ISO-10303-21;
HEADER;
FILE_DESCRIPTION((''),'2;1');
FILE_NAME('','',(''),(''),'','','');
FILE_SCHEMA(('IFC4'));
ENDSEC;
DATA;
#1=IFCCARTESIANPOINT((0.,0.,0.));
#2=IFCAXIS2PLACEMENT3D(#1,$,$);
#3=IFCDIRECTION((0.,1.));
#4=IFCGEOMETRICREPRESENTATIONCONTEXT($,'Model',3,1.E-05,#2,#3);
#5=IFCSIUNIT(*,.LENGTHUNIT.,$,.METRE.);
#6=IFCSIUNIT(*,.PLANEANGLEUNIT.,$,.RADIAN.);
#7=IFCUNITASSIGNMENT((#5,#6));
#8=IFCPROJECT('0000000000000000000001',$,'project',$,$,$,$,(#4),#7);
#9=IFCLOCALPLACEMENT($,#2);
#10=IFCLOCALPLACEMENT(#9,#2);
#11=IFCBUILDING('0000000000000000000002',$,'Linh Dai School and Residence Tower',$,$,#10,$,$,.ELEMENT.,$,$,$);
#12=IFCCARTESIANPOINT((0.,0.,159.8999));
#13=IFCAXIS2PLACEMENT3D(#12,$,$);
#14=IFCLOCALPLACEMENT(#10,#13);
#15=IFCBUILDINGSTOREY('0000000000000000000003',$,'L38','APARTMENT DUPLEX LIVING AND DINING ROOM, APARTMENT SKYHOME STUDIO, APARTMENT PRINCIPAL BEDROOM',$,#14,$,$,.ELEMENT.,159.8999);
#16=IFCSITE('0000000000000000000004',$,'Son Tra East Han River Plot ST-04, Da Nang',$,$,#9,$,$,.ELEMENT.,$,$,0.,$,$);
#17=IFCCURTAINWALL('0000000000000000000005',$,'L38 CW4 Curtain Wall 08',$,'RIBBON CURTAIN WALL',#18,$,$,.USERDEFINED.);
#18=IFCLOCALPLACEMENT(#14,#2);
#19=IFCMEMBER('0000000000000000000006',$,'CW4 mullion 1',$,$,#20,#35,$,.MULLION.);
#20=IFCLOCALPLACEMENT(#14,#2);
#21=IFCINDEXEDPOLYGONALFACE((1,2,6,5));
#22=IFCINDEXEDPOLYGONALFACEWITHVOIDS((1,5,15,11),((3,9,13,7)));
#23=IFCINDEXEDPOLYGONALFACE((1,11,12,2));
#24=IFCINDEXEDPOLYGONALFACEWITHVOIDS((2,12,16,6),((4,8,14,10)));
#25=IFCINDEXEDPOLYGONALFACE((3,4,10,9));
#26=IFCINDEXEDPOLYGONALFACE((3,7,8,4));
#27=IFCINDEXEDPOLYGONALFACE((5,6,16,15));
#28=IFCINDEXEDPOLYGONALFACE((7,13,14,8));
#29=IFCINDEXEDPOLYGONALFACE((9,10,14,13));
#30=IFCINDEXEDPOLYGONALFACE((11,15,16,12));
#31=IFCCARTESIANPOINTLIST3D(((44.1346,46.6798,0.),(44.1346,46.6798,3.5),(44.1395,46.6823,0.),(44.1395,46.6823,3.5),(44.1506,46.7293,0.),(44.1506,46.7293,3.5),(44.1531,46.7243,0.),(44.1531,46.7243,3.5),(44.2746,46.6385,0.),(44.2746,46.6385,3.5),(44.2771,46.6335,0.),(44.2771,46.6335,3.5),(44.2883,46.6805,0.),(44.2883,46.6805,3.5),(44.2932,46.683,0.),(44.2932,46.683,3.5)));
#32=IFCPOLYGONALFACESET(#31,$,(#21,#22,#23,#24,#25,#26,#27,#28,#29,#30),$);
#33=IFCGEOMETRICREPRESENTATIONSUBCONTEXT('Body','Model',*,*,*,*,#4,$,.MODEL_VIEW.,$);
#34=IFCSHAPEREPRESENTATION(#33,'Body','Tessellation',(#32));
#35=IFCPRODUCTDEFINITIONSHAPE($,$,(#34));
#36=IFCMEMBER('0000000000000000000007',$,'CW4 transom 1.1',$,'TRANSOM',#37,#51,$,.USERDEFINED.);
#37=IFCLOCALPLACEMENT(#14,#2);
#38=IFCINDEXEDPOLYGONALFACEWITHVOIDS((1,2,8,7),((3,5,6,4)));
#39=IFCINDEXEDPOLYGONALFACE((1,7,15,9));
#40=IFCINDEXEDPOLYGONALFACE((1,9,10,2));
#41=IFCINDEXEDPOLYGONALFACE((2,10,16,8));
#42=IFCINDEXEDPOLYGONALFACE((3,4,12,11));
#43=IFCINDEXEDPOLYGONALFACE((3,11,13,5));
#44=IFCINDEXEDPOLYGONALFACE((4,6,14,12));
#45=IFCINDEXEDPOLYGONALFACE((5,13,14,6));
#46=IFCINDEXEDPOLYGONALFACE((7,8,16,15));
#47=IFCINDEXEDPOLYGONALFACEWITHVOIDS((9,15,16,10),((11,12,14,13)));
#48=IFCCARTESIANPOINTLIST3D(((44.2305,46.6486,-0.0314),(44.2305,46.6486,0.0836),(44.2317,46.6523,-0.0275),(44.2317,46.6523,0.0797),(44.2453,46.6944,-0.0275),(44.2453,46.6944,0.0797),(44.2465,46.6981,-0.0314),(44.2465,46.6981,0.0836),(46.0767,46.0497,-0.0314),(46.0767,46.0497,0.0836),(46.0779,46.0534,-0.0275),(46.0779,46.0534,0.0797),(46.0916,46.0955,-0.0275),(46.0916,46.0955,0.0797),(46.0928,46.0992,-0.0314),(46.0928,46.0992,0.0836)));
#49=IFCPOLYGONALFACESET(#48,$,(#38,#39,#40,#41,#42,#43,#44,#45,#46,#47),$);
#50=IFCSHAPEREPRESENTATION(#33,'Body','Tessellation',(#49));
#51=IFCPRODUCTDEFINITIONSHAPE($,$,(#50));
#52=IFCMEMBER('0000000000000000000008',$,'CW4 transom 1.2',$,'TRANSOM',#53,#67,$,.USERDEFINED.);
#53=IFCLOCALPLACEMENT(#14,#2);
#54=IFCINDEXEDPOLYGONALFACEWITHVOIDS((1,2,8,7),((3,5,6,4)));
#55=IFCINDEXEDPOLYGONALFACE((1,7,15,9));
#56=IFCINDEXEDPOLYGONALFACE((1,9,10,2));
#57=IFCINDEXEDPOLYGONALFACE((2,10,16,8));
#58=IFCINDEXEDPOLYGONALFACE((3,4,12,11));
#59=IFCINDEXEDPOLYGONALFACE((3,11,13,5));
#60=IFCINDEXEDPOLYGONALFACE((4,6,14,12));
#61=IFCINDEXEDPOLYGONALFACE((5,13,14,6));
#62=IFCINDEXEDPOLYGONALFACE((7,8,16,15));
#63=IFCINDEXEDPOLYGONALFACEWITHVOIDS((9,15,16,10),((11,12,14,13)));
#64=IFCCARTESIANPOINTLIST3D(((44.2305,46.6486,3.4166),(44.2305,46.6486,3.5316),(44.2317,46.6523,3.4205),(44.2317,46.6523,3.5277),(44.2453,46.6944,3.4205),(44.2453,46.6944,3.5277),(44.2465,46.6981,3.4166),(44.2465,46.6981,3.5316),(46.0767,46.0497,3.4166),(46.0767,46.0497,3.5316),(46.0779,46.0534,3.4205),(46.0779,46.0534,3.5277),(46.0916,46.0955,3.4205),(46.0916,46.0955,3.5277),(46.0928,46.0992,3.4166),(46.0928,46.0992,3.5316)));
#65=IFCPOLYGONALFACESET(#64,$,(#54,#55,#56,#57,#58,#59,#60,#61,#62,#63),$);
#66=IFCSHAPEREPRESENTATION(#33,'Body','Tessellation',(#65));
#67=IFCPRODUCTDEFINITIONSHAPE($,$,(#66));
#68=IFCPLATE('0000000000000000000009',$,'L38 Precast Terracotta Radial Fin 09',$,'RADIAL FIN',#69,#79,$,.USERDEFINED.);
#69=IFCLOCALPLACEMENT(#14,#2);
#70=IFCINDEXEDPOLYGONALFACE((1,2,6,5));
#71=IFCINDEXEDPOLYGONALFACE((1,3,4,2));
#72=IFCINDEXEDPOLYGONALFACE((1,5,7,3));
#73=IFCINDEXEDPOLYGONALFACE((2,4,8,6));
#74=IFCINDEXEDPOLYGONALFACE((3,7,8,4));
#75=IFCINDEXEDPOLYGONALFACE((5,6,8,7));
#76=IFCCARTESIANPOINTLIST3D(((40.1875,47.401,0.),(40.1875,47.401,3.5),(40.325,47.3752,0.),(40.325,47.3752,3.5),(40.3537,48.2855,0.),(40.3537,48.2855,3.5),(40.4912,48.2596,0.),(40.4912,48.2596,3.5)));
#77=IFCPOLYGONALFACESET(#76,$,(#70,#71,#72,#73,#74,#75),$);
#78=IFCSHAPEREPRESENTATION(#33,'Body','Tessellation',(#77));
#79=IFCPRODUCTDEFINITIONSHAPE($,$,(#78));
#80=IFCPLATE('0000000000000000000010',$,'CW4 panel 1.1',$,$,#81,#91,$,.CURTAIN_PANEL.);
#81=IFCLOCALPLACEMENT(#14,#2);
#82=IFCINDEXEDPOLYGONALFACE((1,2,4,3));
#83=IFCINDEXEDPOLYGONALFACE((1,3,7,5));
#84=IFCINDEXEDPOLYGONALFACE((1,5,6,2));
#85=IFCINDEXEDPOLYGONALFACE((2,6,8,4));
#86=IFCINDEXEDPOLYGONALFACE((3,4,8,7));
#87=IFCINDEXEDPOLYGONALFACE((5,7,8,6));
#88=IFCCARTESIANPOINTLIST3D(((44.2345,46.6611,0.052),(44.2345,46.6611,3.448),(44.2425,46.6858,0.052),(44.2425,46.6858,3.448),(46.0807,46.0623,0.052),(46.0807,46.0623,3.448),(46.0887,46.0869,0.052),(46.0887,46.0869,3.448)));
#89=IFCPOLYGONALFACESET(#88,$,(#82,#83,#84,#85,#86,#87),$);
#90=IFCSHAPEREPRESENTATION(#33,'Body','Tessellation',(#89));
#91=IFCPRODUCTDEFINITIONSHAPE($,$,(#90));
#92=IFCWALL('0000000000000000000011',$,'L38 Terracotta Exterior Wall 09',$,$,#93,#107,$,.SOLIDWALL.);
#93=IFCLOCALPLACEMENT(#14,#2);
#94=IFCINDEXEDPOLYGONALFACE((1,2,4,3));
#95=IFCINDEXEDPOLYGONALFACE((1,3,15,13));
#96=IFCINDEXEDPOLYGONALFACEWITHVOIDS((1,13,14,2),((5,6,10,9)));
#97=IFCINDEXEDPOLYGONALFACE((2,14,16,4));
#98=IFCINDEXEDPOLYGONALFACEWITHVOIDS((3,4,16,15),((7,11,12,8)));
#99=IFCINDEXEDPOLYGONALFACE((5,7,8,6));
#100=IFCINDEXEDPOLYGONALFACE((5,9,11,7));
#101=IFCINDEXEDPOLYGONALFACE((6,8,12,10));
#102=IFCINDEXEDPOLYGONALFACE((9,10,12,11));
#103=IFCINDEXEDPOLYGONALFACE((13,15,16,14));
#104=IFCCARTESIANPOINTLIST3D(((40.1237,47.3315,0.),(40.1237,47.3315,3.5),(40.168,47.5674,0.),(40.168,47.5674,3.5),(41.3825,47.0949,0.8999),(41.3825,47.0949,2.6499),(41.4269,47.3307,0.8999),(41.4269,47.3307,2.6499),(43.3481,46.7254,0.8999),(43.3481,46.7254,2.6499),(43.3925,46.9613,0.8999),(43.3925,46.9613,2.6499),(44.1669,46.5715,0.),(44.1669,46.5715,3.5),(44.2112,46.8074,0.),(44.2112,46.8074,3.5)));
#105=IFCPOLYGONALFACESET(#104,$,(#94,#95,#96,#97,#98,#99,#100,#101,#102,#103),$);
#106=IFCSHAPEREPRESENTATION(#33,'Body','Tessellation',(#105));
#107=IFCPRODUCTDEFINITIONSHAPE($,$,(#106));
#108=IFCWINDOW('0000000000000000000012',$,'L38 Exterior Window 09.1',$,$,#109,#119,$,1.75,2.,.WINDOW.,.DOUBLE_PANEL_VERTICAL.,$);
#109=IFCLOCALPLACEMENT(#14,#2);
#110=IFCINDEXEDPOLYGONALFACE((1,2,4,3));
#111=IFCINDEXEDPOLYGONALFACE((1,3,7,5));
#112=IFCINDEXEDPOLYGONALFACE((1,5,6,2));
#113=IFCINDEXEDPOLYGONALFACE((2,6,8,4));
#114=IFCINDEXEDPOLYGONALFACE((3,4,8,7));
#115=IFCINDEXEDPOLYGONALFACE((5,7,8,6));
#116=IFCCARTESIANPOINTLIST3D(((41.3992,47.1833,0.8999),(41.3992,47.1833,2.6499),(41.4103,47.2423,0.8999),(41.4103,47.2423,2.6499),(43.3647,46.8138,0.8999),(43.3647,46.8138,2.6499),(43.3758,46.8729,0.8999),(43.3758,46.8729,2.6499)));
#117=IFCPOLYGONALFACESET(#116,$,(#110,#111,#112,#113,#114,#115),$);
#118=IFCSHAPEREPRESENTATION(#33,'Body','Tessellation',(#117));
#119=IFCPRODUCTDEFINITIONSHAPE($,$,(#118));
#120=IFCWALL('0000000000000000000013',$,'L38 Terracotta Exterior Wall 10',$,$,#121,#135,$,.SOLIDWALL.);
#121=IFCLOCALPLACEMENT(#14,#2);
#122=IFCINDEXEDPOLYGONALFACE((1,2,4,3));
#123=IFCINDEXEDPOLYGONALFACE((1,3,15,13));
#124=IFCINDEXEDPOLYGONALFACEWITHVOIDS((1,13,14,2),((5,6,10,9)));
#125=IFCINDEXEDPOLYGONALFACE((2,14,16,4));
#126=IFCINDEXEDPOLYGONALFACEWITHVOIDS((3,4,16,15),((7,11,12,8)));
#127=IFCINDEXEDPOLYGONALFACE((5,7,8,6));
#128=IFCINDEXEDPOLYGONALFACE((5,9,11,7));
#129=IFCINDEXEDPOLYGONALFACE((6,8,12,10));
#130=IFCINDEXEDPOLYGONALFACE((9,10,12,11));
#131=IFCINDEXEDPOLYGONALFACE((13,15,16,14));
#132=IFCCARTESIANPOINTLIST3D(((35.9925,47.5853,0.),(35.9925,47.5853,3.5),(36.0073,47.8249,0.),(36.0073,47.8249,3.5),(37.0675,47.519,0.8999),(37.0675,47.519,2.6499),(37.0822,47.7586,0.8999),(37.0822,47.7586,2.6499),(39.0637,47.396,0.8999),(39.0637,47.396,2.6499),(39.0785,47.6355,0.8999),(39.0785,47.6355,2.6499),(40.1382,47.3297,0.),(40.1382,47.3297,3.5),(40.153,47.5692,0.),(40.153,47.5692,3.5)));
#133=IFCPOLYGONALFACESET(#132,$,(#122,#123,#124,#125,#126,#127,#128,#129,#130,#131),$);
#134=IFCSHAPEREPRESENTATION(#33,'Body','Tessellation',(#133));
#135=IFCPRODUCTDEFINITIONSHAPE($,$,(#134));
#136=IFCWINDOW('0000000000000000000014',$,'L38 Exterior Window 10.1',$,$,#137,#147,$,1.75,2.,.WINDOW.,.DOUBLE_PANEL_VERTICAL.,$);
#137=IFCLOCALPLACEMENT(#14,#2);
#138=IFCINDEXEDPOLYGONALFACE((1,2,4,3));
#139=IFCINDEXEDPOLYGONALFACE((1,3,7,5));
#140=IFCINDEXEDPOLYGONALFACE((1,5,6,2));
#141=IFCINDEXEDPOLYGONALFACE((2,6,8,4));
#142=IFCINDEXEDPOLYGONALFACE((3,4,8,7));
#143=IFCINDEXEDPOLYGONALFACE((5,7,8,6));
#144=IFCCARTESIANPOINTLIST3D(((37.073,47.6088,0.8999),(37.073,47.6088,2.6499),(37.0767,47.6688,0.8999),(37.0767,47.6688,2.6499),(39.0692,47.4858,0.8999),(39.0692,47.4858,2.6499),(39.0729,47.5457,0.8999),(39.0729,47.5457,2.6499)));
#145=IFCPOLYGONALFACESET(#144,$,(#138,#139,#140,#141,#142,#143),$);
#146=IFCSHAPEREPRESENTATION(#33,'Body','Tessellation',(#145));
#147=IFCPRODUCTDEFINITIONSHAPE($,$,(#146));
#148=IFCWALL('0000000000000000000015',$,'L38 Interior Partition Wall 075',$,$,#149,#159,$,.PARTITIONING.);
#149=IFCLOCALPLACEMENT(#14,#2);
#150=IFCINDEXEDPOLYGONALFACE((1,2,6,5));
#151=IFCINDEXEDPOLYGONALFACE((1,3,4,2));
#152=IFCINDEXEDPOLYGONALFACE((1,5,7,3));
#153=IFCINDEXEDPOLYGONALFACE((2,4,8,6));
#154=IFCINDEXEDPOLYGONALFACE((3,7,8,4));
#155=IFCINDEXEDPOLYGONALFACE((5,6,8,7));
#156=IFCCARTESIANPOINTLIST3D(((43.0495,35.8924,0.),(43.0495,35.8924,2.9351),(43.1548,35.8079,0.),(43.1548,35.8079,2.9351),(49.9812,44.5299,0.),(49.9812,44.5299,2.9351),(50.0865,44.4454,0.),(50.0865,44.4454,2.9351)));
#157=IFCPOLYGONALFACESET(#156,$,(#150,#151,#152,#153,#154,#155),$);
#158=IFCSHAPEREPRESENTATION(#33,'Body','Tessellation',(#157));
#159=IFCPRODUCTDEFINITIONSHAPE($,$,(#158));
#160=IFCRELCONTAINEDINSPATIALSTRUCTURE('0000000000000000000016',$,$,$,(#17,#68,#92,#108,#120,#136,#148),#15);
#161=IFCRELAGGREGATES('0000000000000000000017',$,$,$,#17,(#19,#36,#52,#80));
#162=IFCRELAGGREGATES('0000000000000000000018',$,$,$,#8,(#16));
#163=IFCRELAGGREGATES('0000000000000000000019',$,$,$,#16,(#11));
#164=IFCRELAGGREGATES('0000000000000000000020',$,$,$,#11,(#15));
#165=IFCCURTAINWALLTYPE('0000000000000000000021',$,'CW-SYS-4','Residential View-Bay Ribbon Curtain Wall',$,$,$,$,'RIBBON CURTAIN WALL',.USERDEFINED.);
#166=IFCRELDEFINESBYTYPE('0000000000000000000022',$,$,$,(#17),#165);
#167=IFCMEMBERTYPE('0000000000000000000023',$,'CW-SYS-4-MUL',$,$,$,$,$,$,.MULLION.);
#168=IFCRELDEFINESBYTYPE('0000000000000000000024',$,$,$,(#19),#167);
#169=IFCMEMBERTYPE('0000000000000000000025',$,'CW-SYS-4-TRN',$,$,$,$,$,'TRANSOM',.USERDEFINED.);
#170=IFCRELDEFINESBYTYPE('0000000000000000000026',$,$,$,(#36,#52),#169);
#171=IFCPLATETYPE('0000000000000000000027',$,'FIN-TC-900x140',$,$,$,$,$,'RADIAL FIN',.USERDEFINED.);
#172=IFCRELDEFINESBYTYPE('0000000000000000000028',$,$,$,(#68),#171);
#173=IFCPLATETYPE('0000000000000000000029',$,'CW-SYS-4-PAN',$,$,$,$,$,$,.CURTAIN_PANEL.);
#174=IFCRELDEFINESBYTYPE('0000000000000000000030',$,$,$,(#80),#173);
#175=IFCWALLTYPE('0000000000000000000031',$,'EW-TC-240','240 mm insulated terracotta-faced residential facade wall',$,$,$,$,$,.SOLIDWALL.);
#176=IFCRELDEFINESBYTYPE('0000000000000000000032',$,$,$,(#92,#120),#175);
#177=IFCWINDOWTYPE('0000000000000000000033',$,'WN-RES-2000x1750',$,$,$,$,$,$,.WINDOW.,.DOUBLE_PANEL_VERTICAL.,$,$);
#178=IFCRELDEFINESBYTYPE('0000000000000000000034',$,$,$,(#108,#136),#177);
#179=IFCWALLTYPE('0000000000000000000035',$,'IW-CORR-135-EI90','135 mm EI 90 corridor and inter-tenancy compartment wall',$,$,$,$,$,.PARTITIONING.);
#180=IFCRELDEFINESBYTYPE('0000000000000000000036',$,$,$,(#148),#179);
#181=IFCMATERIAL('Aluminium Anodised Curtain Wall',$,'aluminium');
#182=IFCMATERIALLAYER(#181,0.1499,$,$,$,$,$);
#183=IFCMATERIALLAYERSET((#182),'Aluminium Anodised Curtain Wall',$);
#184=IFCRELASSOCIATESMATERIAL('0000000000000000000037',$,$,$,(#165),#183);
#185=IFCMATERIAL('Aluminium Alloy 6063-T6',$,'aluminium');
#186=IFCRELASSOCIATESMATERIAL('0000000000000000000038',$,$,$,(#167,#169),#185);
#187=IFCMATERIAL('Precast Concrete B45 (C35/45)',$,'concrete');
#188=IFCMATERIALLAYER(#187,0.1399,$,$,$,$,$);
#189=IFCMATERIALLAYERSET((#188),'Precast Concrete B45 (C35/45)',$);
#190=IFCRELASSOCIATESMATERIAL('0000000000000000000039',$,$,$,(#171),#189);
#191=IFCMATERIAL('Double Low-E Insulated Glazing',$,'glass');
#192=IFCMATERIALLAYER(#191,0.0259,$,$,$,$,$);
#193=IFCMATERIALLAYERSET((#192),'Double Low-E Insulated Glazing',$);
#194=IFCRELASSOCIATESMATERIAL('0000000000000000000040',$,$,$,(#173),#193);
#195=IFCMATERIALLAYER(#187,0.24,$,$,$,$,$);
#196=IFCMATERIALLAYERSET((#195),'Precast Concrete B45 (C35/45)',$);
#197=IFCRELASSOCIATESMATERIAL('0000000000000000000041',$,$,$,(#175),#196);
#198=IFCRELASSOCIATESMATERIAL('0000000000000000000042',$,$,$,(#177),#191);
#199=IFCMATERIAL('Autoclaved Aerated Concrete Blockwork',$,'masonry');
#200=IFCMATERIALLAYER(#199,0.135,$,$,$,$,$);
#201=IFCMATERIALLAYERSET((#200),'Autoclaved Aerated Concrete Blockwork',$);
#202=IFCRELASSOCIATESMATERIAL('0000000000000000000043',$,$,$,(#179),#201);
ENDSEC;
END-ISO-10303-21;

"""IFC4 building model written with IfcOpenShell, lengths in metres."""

from ifc_helpers import new_model, si_unit, direction, frame, frame_2d, origin, origin_2d, place, context, subcontext, project, spatial, rectangle, hollow_rectangle, extrude, source, transform, mapped, material, layer, layer_set, material_profile, profile_set, type_object, element, fill, aggregate, save


model = new_model("IFC4")

# Units and contexts
model_context = context("Model", 3, precision=1e-05, world=origin(), true_north=direction((0.0, 1.0)))
body_context = subcontext(model_context, "Body", "Model", "MODEL_VIEW")
ifc_project = project(units=[si_unit("LENGTHUNIT", "METRE"), si_unit("PLANEANGLEUNIT", "RADIAN")], contexts=[model_context])

# Site, building, storey
site_placement = place(None, origin())
site = spatial("IfcSite", under=ifc_project, at=site_placement, Name="Son Tra East Han River Plot ST-04, Da Nang", CompositionType="ELEMENT", RefElevation=0.0)
building_placement = place(site_placement, origin())
building = spatial("IfcBuilding", under=site, at=building_placement, Name="Linh Dai School and Residence Tower", CompositionType="ELEMENT")
storey_placement = place(building_placement, frame((0.0, 0.0, 159.8999)))
storey = spatial("IfcBuildingStorey", under=building, at=storey_placement, Name="L38", Description="APARTMENT DUPLEX LIVING AND DINING ROOM, APARTMENT SKYHOME STUDIO, APARTMENT PRINCIPAL BEDROOM", CompositionType="ELEMENT", Elevation=159.8999)

# Curtain wall, members
ifc_material_1 = material(Name="Aluminium Anodised Curtain Wall", Category="aluminium")
ifc_layer_1 = layer(ifc_material_1, 0.1499)
ifc_layer_set_1 = layer_set([ifc_layer_1], Name="Aluminium Anodised Curtain Wall")
curtain_wall_type = type_object("IfcCurtainWallType", Name="CW-SYS-4", Description="Residential View-Bay Ribbon Curtain Wall", ElementType="RIBBON CURTAIN WALL", PredefinedType="USERDEFINED", material=ifc_layer_set_1)
curtain_wall_placement = place(storey_placement, origin())
curtain_wall = element("IfcCurtainWall", 1, at=curtain_wall_placement, inside=storey, type_object=curtain_wall_type, Name="L38 CW4 Curtain Wall 08", ObjectType="RIBBON CURTAIN WALL", PredefinedType="USERDEFINED")
ifc_material_2 = material(Name="Aluminium Alloy 6063-T6", Category="aluminium")
ifc_material_profile_1 = material_profile(ifc_material_2, hollow_rectangle(XDim=0.052, YDim=0.1499, WallThickness=0.0039, at=origin_2d()), Name="RHS 150x52x4")
ifc_profile_set_1 = profile_set([ifc_material_profile_1], Name="Aluminium Alloy 6063-T6")
member_type_1 = type_object("IfcMemberType", Name="CW-SYS-4-MUL", PredefinedType="MULLION", material=ifc_profile_set_1)
shared_shape_1 = source(origin(), body_context, "Body", "SweptSolid", [
    extrude(hollow_rectangle(XDim=0.052, YDim=0.1499, WallThickness=0.0039, at=origin_2d()), origin(), (0.0, 0.0, 1.0), 3.5),
])
member_1_placement = place(storey_placement, frame((44.2139, 46.6814, 0.0), z_axis=(0.0, 0.0, 1.0), x_axis=(0.308536, 0.951213, 0.0)))
member_1 = element("IfcMember", 2, at=member_1_placement, type_object=member_type_1, Name="CW4 mullion 1", PredefinedType="MULLION", context=body_context, shape_type="MappedRepresentation", body=[
    mapped(shared_shape_1, transform((0.0, 0.0, 0.0), x_axis=(1.0, 0.0, 0.0), y_axis=(0.0, 1.0, 0.0), z_axis=(0.0, 0.0, 1.0), scale=1.0)),
])
ifc_material_profile_2 = material_profile(ifc_material_2, hollow_rectangle(XDim=0.052, YDim=0.115, WallThickness=0.0039, at=origin_2d()), Name="RHS 115x52x4")
ifc_profile_set_2 = profile_set([ifc_material_profile_2], Name="Aluminium Alloy 6063-T6")
member_type_2 = type_object("IfcMemberType", Name="CW-SYS-4-TRN", ElementType="TRANSOM", PredefinedType="USERDEFINED", material=ifc_profile_set_2)
shared_shape_2 = source(origin(), body_context, "Body", "SweptSolid", [
    extrude(hollow_rectangle(XDim=0.052, YDim=0.115, WallThickness=0.0039, at=origin_2d()), origin(), (0.0, 0.0, 1.0), 1.9409),
])
member_2_placement = place(storey_placement, frame((44.2385, 46.6733, 0.0261), z_axis=(0.951206, -0.308557, 0.0), x_axis=(0.308557, 0.951206, 0.0)))
member_2 = element("IfcMember", 3, at=member_2_placement, type_object=member_type_2, Name="CW4 transom 1.1", ObjectType="TRANSOM", PredefinedType="USERDEFINED", context=body_context, shape_type="MappedRepresentation", body=[
    mapped(shared_shape_2, transform((0.0, 0.0, 0.0), x_axis=(1.0, 0.0, 0.0), y_axis=(0.0, 1.0, 0.0), z_axis=(0.0, 0.0, 1.0), scale=1.0)),
])
member_3_placement = place(storey_placement, frame((44.2385, 46.6733, 3.4741), z_axis=(0.951206, -0.308557, 0.0), x_axis=(0.308557, 0.951206, 0.0)))
member_3 = element("IfcMember", 4, at=member_3_placement, type_object=member_type_2, Name="CW4 transom 1.2", ObjectType="TRANSOM", PredefinedType="USERDEFINED", context=body_context, shape_type="MappedRepresentation", body=[
    mapped(shared_shape_2, transform((0.0, 0.0, 0.0), x_axis=(1.0, 0.0, 0.0), y_axis=(0.0, 1.0, 0.0), z_axis=(0.0, 0.0, 1.0), scale=1.0)),
])

# Plates
ifc_material_3 = material(Name="Precast Concrete B45 (C35/45)", Category="concrete")
ifc_layer_2 = layer(ifc_material_3, 0.1399)
ifc_layer_set_2 = layer_set([ifc_layer_2], Name="Precast Concrete B45 (C35/45)")
plate_type_1 = type_object("IfcPlateType", Name="FIN-TC-900x140", ElementType="RADIAL FIN", PredefinedType="USERDEFINED", material=ifc_layer_set_2)
shared_shape_3 = source(origin(), body_context, "Body", "SweptSolid", [
    extrude(rectangle(XDim=0.8999, YDim=0.1399, at=origin_2d()), origin(), (0.0, 0.0, 1.0), 3.5),
])
plate_1_placement = place(storey_placement, frame((40.3394, 47.8303, 0.0), z_axis=(0.0, 0.0, 1.0), x_axis=(0.184763, 0.982783, 0.0)))
element("IfcPlate", 5, at=plate_1_placement, inside=storey, type_object=plate_type_1, Name="L38 Precast Terracotta Radial Fin 09", ObjectType="RADIAL FIN", PredefinedType="USERDEFINED", context=body_context, shape_type="MappedRepresentation", body=[
    mapped(shared_shape_3, transform((0.0, 0.0, 0.0), x_axis=(1.0, 0.0, 0.0), y_axis=(0.0, 1.0, 0.0), z_axis=(0.0, 0.0, 1.0), scale=1.0)),
])
ifc_material_4 = material(Name="Double Low-E Insulated Glazing", Category="glass")
ifc_layer_3 = layer(ifc_material_4, 0.0259)
ifc_layer_set_3 = layer_set([ifc_layer_3], Name="Double Low-E Insulated Glazing")
plate_type_2 = type_object("IfcPlateType", Name="CW-SYS-4-PAN", PredefinedType="CURTAIN_PANEL", material=ifc_layer_set_3)
shared_shape_4 = source(origin(), body_context, "Body", "SweptSolid", [
    extrude(rectangle(XDim=1.9409, YDim=0.0259, at=origin_2d()), origin(), (0.0, 0.0, 1.0), 3.396),
])
plate_2_placement = place(storey_placement, frame((45.1616, 46.374, 0.052), z_axis=(0.0, 0.0, 1.0), x_axis=(0.951213, -0.308536, 0.0)))
plate_2 = element("IfcPlate", 6, at=plate_2_placement, type_object=plate_type_2, Name="CW4 panel 1.1", PredefinedType="CURTAIN_PANEL", context=body_context, shape_type="MappedRepresentation", body=[
    mapped(shared_shape_4, transform((0.0, 0.0, 0.0), x_axis=(1.0, 0.0, 0.0), y_axis=(0.0, 1.0, 0.0), z_axis=(0.0, 0.0, 1.0), scale=1.0)),
])
aggregate(curtain_wall, [member_1, member_2, member_3, plate_2])

# Walls, openings, windows
ifc_layer_4 = layer(ifc_material_3, 0.24)
ifc_layer_set_4 = layer_set([ifc_layer_4], Name="Precast Concrete B45 (C35/45)")
wall_type_1 = type_object("IfcWallType", Name="EW-TC-240", Description="240 mm insulated terracotta-faced residential facade wall", PredefinedType="SOLIDWALL", material=ifc_layer_set_4)
wall_1_placement = place(storey_placement, frame((40.1458, 47.4495, 0.0), z_axis=(0.0, 0.0, 1.0), x_axis=(0.982788, -0.184736, 0.0)))
wall_1 = element("IfcWall", 7, at=wall_1_placement, inside=storey, type_object=wall_type_1, Name="L38 Terracotta Exterior Wall 09", PredefinedType="SOLIDWALL", context=body_context, shape_type="SweptSolid", body=[
    extrude(rectangle(XDim=4.114, YDim=0.24, at=frame_2d((2.0571, 0.0))), origin(), (0.0, 0.0, 1.0), 3.5),
])
opening_1_placement = place(wall_1_placement, frame((1.281, 0.0, 0.8999)))
opening_1 = element("IfcOpeningElement", 8, at=opening_1_placement, cuts=wall_1, PredefinedType="OPENING", context=body_context, shape_type="SweptSolid", body=[
    extrude(rectangle(XDim=2.0, YDim=1.75, at=origin_2d()), frame((1.0, 0.1299, 0.875), z_axis=(0.0, -1.0, 0.0), x_axis=(1.0, 0.0, 0.0)), (0.0, 0.0, 1.0), 0.26),
])
window_type = type_object("IfcWindowType", Name="WN-RES-2000x1750", PartitioningType="DOUBLE_PANEL_VERTICAL", PredefinedType="WINDOW", material=ifc_material_4)
shared_shape_5 = source(origin(), body_context, "Body", "SweptSolid", [
    extrude(rectangle(XDim=2.0, YDim=1.75, at=origin_2d()), frame((1.0, 0.03, 0.875), z_axis=(0.0, -1.0, 0.0), x_axis=(1.0, 0.0, 0.0)), (0.0, 0.0, 1.0), 0.0601),
])
window_1_placement = place(opening_1_placement, origin())
window_1 = element("IfcWindow", 9, at=window_1_placement, inside=storey, type_object=window_type, Name="L38 Exterior Window 09.1", OverallHeight=1.75, OverallWidth=2.0, PartitioningType="DOUBLE_PANEL_VERTICAL", PredefinedType="WINDOW", context=body_context, shape_type="MappedRepresentation", body=[
    mapped(shared_shape_5, transform((0.0, 0.0, 0.0), x_axis=(1.0, 0.0, 0.0), y_axis=(0.0, 1.0, 0.0), z_axis=(0.0, 0.0, 1.0), scale=1.0)),
])
fill(opening_1, window_1)
wall_2_placement = place(storey_placement, frame((36.0, 47.7051, 0.0), z_axis=(0.0, 0.0, 1.0), x_axis=(0.998105, -0.06154, 0.0)))
wall_2 = element("IfcWall", 10, at=wall_2_placement, inside=storey, type_object=wall_type_1, Name="L38 Terracotta Exterior Wall 10", PredefinedType="SOLIDWALL", context=body_context, shape_type="SweptSolid", body=[
    extrude(rectangle(XDim=4.1536, YDim=0.24, at=frame_2d((2.0767, 0.0))), origin(), (0.0, 0.0, 1.0), 3.5),
])
opening_2_placement = place(wall_2_placement, frame((1.0769, 0.0, 0.8999)))
opening_2 = element("IfcOpeningElement", 11, at=opening_2_placement, cuts=wall_2, PredefinedType="OPENING", context=body_context, shape_type="SweptSolid", body=[
    extrude(rectangle(XDim=2.0, YDim=1.75, at=origin_2d()), frame((1.0, 0.1299, 0.875), z_axis=(0.0, -1.0, 0.0), x_axis=(1.0, 0.0, 0.0)), (0.0, 0.0, 1.0), 0.26),
])
window_2_placement = place(opening_2_placement, origin())
window_2 = element("IfcWindow", 12, at=window_2_placement, inside=storey, type_object=window_type, Name="L38 Exterior Window 10.1", OverallHeight=1.75, OverallWidth=2.0, PartitioningType="DOUBLE_PANEL_VERTICAL", PredefinedType="WINDOW", context=body_context, shape_type="MappedRepresentation", body=[
    mapped(shared_shape_5, transform((0.0, 0.0, 0.0), x_axis=(1.0, 0.0, 0.0), y_axis=(0.0, 1.0, 0.0), z_axis=(0.0, 0.0, 1.0), scale=1.0)),
])
fill(opening_2, window_2)

# Wall
ifc_material_5 = material(Name="Autoclaved Aerated Concrete Blockwork", Category="masonry")
ifc_layer_5 = layer(ifc_material_5, 0.135)
ifc_layer_set_5 = layer_set([ifc_layer_5], Name="Autoclaved Aerated Concrete Blockwork")
wall_type_2 = type_object("IfcWallType", Name="IW-CORR-135-EI90", Description="135 mm EI 90 corridor and inter-tenancy compartment wall", PredefinedType="PARTITIONING", material=ifc_layer_set_5)
wall_3_placement = place(storey_placement, frame((43.1021, 35.8501, 0.0), z_axis=(0.0, 0.0, 1.0), x_axis=(0.625888, 0.779913, 0.0)))
element("IfcWall", 13, at=wall_3_placement, inside=storey, type_object=wall_type_2, Name="L38 Interior Partition Wall 075", PredefinedType="PARTITIONING", context=body_context, shape_type="SweptSolid", body=[
    extrude(rectangle(XDim=11.075, YDim=0.135, at=frame_2d((5.5376, 0.0))), origin(), (0.0, 0.0, 1.0), 2.9351),
])

save(model, "model.ifc")
